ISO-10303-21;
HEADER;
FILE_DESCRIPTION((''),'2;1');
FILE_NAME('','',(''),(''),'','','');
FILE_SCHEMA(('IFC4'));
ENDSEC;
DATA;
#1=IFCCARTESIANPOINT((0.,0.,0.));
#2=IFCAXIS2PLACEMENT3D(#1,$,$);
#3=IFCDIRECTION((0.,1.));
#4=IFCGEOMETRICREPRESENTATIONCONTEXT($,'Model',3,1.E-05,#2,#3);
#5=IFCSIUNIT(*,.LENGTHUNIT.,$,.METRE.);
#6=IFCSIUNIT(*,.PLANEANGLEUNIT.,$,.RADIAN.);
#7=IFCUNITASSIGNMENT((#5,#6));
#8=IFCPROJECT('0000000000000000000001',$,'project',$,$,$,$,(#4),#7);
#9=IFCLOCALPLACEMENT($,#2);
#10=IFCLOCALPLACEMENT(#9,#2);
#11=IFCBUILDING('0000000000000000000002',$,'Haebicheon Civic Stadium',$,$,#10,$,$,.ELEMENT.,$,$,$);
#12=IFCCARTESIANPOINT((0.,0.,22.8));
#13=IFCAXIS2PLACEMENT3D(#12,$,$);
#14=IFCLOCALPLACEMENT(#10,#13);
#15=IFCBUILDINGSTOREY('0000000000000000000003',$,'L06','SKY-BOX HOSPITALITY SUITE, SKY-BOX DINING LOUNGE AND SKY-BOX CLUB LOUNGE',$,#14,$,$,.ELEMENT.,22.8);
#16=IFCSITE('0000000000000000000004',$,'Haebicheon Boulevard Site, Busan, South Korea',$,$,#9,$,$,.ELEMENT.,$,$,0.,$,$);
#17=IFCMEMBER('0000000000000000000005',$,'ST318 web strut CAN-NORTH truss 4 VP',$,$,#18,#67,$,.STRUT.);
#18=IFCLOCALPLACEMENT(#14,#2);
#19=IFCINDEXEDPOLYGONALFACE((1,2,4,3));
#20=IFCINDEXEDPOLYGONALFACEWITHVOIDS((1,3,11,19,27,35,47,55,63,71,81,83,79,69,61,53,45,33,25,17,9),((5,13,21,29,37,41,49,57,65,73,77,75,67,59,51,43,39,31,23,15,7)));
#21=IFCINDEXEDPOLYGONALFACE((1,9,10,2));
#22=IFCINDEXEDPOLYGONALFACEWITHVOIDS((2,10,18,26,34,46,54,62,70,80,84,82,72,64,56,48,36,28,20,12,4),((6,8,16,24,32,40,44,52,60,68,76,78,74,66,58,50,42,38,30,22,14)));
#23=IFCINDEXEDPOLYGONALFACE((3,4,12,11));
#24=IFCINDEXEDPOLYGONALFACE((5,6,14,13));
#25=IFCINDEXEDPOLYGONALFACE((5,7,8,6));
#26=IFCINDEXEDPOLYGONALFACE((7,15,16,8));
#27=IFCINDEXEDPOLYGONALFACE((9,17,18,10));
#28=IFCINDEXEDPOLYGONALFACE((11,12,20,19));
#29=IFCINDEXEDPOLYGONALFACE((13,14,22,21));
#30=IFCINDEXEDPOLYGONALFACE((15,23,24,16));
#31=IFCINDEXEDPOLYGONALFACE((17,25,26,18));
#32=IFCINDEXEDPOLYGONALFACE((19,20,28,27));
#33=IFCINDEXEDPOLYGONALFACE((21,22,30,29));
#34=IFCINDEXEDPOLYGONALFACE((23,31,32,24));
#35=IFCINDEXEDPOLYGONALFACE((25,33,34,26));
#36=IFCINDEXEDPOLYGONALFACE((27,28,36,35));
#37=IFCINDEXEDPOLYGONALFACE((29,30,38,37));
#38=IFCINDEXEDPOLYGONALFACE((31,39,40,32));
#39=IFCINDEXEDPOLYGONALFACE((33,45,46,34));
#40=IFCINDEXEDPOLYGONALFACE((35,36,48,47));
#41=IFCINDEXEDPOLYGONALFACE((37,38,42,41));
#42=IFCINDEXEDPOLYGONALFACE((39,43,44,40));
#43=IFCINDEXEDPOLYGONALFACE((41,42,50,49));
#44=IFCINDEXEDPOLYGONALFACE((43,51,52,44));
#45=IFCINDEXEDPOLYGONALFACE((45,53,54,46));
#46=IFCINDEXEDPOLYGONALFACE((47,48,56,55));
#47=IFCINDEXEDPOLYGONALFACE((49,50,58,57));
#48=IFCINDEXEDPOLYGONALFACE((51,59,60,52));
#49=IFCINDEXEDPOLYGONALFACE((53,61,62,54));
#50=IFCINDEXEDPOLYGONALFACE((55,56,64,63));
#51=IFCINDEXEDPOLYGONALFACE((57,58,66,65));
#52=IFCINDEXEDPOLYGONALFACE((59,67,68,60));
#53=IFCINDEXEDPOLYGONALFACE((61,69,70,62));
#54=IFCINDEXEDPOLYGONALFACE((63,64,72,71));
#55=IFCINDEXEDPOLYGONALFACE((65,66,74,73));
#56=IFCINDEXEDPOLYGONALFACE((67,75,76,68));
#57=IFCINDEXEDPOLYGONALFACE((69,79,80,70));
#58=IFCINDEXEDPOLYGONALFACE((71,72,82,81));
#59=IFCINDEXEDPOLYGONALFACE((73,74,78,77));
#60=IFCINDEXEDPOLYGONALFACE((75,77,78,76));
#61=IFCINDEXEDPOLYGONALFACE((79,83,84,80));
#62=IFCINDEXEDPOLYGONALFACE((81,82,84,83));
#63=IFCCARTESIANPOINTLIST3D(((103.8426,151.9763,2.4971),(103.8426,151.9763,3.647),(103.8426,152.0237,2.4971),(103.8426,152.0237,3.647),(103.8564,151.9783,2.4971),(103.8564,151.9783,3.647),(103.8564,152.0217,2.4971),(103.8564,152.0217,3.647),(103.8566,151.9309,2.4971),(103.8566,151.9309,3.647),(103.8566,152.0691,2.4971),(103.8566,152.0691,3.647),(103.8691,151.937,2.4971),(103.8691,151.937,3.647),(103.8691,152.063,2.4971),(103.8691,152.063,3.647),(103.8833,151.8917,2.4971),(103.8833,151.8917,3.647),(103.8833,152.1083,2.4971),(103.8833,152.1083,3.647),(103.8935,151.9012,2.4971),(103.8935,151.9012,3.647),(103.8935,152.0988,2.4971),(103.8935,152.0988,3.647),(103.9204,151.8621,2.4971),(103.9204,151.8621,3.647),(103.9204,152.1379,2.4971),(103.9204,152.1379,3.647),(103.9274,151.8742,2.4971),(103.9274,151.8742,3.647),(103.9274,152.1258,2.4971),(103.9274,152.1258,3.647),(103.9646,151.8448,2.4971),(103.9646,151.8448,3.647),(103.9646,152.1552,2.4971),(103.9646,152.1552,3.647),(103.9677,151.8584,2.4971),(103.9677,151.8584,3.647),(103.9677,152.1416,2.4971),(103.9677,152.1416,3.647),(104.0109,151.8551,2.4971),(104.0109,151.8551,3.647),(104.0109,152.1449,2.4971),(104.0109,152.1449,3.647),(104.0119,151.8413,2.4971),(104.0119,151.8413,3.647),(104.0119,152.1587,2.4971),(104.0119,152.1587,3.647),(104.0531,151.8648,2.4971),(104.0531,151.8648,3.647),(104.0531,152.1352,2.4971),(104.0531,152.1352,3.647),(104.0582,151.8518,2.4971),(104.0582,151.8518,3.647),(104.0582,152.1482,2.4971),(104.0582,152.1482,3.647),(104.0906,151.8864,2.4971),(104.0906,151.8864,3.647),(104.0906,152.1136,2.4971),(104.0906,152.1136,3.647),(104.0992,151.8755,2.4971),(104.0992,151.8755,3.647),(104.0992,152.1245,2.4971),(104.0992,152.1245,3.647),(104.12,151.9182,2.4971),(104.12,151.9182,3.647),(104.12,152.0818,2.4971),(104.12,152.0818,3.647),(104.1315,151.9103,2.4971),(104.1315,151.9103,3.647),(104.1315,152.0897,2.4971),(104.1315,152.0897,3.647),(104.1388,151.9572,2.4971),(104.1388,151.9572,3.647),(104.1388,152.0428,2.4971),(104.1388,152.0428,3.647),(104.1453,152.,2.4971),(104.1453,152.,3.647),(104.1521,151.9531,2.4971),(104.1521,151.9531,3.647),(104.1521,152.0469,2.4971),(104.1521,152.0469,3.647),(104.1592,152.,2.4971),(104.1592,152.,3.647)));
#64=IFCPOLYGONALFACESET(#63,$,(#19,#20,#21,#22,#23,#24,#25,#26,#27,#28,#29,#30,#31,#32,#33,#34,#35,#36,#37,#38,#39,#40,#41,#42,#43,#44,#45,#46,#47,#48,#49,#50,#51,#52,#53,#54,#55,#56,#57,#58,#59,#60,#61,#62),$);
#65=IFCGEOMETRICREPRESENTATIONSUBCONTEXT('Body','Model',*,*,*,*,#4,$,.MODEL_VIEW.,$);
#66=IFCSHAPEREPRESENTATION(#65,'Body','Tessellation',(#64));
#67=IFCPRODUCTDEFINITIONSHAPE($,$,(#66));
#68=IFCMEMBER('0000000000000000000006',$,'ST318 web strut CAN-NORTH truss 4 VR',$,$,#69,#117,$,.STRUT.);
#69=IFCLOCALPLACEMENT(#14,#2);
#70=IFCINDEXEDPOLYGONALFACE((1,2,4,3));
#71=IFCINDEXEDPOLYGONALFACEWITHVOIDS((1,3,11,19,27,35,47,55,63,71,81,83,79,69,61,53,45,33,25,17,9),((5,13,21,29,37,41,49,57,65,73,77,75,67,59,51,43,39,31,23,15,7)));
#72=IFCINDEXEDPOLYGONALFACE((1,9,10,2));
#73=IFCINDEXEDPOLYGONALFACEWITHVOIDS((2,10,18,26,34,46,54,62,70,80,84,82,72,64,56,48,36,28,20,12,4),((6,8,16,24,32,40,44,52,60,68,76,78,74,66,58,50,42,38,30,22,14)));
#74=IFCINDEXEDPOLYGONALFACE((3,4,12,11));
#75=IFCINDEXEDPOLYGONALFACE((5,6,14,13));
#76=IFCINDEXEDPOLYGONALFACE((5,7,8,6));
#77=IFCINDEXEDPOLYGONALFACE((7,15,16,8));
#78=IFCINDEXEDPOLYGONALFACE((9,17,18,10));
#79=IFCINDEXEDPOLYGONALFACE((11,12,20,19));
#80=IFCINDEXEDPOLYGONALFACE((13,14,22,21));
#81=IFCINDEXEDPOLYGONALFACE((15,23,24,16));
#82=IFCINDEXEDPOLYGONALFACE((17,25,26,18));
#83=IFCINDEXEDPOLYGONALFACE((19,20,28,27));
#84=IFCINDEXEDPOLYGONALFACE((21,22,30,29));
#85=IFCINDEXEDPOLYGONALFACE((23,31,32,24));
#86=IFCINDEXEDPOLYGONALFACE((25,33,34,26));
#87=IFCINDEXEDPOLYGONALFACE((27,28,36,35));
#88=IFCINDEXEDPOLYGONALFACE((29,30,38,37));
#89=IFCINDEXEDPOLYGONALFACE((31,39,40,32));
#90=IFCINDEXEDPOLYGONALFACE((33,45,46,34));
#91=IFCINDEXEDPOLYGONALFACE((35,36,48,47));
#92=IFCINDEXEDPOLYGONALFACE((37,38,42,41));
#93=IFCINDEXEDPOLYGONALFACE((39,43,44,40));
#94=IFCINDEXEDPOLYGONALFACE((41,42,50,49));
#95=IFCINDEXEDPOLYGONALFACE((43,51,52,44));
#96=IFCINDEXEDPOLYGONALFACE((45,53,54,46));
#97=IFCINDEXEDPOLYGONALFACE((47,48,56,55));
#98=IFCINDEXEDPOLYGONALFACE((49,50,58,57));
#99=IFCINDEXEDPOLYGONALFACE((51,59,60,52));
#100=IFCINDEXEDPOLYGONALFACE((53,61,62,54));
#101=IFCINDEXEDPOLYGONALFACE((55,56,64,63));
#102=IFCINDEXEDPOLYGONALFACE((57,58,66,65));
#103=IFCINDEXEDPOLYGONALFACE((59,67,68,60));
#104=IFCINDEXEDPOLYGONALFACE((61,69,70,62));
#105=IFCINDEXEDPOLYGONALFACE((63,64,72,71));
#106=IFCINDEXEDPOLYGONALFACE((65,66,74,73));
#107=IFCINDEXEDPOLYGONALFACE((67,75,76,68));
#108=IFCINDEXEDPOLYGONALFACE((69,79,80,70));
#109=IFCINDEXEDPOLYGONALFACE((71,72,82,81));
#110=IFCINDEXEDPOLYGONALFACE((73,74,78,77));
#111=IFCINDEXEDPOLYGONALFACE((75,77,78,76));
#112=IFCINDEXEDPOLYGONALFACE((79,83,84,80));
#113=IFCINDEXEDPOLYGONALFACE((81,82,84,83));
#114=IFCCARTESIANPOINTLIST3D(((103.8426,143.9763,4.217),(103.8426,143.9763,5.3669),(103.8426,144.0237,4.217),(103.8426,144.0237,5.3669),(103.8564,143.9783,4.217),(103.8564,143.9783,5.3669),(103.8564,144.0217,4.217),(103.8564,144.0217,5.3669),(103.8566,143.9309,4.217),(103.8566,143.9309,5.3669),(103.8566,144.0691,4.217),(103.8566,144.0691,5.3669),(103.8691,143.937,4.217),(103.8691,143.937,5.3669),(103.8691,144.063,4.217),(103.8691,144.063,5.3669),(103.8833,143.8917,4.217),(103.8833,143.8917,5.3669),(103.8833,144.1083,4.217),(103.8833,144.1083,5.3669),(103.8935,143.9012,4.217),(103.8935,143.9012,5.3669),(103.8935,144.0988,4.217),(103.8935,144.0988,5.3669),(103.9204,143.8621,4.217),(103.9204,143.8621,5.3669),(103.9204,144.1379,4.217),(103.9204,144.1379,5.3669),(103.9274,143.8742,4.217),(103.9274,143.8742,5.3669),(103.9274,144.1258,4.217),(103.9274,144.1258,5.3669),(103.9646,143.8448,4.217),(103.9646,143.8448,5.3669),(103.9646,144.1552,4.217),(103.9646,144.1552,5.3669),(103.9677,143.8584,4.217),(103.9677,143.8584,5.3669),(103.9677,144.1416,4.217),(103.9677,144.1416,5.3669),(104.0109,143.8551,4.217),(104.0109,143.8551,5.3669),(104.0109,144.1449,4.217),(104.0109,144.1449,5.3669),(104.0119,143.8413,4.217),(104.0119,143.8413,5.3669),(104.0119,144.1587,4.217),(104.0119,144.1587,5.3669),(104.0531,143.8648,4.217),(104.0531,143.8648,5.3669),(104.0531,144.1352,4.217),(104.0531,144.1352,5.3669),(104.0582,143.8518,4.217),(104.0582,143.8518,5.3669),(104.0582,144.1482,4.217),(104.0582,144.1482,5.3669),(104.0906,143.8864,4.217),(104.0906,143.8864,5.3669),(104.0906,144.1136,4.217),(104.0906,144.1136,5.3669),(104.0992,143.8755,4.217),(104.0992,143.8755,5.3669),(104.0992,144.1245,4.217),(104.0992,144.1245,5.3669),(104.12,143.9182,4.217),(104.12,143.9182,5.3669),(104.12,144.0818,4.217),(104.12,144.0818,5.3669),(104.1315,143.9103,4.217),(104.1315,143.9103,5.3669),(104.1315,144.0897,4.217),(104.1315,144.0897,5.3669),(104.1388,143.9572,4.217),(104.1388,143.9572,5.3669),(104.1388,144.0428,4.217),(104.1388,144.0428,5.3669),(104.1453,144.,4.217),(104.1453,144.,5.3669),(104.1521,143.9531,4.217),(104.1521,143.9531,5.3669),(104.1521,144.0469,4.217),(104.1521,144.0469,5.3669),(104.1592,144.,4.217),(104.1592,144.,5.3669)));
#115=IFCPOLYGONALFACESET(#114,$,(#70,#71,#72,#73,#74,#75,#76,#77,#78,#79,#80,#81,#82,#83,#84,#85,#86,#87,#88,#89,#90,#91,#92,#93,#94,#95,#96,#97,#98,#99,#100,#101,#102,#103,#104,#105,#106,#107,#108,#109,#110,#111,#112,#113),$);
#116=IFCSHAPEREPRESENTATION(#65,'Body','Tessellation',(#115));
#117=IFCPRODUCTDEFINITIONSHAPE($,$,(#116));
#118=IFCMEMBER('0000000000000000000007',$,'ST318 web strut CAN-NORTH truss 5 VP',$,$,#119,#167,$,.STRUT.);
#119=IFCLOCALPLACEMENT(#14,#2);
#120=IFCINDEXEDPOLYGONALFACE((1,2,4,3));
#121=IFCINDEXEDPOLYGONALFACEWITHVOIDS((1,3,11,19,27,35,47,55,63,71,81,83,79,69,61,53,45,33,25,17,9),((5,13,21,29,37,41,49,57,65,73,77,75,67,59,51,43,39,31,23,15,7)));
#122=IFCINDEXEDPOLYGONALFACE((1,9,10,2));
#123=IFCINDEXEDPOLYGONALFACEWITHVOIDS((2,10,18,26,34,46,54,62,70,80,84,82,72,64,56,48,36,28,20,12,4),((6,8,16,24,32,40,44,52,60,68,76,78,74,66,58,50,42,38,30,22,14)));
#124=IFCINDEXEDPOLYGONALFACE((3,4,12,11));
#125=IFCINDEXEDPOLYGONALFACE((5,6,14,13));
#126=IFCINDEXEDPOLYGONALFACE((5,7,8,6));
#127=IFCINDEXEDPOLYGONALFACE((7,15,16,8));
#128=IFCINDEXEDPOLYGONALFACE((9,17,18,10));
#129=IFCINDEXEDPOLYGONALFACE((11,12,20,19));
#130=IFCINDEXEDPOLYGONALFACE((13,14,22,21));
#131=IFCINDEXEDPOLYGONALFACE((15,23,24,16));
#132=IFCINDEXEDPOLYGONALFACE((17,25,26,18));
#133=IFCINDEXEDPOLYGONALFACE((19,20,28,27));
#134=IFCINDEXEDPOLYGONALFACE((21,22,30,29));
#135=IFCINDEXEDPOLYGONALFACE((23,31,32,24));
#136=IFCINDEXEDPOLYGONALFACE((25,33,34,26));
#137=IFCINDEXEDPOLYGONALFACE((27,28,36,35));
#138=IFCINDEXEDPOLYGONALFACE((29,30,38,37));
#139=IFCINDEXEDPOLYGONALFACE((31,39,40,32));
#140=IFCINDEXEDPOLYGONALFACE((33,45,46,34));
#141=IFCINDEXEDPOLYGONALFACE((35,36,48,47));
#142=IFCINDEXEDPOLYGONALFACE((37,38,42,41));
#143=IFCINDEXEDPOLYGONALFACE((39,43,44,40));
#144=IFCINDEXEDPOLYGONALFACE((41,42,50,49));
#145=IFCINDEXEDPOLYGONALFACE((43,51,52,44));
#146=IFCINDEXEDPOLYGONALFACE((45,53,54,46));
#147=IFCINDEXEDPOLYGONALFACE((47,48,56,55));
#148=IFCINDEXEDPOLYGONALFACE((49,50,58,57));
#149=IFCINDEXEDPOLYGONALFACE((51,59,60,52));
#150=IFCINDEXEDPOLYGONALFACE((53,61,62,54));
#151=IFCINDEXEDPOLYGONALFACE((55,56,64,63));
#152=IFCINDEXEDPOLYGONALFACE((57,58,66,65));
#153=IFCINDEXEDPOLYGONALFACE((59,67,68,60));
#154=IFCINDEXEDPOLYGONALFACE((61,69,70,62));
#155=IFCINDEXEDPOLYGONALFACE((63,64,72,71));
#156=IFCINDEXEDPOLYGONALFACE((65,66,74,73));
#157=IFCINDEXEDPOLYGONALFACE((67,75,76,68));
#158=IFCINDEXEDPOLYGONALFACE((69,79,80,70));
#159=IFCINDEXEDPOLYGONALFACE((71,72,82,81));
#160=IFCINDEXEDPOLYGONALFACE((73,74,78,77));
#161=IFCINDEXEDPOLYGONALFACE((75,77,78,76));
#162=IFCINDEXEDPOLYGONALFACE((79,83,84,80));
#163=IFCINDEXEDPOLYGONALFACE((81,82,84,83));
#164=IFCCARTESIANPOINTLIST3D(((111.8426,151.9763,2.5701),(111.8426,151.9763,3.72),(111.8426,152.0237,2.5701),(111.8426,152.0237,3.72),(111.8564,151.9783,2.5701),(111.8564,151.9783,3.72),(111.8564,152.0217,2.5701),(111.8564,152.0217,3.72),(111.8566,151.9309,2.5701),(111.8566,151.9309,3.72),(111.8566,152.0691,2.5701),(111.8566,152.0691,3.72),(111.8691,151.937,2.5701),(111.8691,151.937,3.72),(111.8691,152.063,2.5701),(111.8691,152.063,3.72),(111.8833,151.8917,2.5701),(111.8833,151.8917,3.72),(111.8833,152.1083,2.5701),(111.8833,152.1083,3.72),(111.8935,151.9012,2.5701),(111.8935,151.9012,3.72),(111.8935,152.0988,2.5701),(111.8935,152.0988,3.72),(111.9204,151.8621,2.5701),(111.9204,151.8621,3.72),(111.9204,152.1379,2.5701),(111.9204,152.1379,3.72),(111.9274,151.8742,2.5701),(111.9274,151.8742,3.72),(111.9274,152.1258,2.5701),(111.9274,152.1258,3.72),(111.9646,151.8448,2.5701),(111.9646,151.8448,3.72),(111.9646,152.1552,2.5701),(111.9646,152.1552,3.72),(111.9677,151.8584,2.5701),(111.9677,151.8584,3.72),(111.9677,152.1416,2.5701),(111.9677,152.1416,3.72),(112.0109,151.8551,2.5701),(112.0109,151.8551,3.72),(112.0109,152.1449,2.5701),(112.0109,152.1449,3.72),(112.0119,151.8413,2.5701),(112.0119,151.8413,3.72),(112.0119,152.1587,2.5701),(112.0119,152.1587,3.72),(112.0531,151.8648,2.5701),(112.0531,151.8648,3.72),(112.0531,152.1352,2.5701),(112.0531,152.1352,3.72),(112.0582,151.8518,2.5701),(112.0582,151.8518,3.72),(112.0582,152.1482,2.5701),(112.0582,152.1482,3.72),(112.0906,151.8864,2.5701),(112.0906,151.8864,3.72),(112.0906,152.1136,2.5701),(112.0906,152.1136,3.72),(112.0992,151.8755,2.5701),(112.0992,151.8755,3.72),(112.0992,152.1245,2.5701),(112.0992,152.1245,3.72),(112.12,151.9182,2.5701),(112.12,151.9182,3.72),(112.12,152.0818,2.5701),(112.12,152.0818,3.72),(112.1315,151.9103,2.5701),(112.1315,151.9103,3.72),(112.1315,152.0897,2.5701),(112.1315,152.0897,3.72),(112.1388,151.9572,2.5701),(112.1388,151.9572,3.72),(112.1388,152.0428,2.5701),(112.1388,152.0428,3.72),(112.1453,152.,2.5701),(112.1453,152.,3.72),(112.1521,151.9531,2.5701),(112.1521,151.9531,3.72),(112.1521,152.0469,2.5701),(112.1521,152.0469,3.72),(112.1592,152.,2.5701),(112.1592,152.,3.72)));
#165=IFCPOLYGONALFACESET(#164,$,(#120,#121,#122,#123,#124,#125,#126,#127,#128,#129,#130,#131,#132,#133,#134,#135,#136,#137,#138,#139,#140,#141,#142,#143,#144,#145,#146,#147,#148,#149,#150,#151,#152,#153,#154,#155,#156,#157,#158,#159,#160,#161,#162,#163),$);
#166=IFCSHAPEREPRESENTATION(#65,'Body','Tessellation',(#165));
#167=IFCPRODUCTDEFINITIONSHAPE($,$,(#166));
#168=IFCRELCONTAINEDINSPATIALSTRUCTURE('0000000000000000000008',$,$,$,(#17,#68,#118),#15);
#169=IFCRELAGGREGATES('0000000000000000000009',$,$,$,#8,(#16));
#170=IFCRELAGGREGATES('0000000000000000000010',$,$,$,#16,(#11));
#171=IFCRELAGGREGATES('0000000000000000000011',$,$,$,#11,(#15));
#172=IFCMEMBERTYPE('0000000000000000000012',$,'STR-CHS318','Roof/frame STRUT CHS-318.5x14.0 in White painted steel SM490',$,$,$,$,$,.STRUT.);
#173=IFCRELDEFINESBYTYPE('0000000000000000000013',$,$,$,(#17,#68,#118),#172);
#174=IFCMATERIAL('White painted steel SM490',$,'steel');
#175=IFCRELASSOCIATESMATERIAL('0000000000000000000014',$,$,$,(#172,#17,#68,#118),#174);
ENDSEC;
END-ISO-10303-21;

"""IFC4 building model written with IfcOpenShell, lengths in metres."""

from ifc_helpers import new_model, si_unit, direction, frame, origin, origin_2d, place, context, subcontext, project, spatial, hollow_circle, extrude, material, material_profile, profile_set, type_object, element, save


model = new_model("IFC4")

# Units and contexts
model_context = context("Model", 3, precision=1e-05, world=origin(), true_north=direction((0.0, 1.0)))
body_context = subcontext(model_context, "Body", "Model", "MODEL_VIEW")
ifc_project = project(units=[si_unit("LENGTHUNIT", "METRE"), si_unit("PLANEANGLEUNIT", "RADIAN")], contexts=[model_context])

# Site, building, storey
site_placement = place(None, origin())
site = spatial("IfcSite", under=ifc_project, at=site_placement, Name="Haebicheon Boulevard Site, Busan, South Korea", CompositionType="ELEMENT", RefElevation=0.0)
building_placement = place(site_placement, origin())
building = spatial("IfcBuilding", under=site, at=building_placement, Name="Haebicheon Civic Stadium", CompositionType="ELEMENT")
storey_placement = place(building_placement, frame((0.0, 0.0, 22.8)))
storey = spatial("IfcBuildingStorey", under=building, at=storey_placement, Name="L06", Description="SKY-BOX HOSPITALITY SUITE, SKY-BOX DINING LOUNGE AND SKY-BOX CLUB LOUNGE", CompositionType="ELEMENT", Elevation=22.8)

# Members
ifc_material_1 = material(Name="White painted steel SM490", Category="steel")
ifc_material_profile_1 = material_profile(ifc_material_1, hollow_circle(Radius=0.1592, WallThickness=0.0139, at=origin_2d()), Name="CHS-318.5x14.0")
ifc_profile_set_1 = profile_set([ifc_material_profile_1], Name="White painted steel SM490")
member_type_1 = type_object("IfcMemberType", Name="STR-CHS318", Description="Roof/frame STRUT CHS-318.5x14.0 in White painted steel SM490", PredefinedType="STRUT", material=ifc_profile_set_1)
for number, where, z_axis, x_axis, name in (
    (1, (104.0, 152.0, 2.4971), (0.0, 0.0, 1.0), (1.0, 0.0, 0.0), "ST318 web strut CAN-NORTH truss 4 VP"),
    (2, (104.0, 144.0, 4.217), (0.0, 0.0, 1.0), (1.0, 0.0, 0.0), "ST318 web strut CAN-NORTH truss 4 VR"),
    (3, (112.0, 152.0, 2.5701), (0.0, 0.0, 1.0), (1.0, 0.0, 0.0), "ST318 web strut CAN-NORTH truss 5 VP"),
):
    element("IfcMember", number, at=place(storey_placement, frame(where, z_axis=z_axis, x_axis=x_axis)), inside=storey, type_object=member_type_1, material=ifc_profile_set_1, Name=name, PredefinedType="STRUT", context=body_context, shape_type="SweptSolid", body=[
        extrude(hollow_circle(Radius=0.1592, WallThickness=0.0139, at=origin_2d()), origin(), (0.0, 0.0, 1.0), 1.1499),
    ])

save(model, "model.ifc")
